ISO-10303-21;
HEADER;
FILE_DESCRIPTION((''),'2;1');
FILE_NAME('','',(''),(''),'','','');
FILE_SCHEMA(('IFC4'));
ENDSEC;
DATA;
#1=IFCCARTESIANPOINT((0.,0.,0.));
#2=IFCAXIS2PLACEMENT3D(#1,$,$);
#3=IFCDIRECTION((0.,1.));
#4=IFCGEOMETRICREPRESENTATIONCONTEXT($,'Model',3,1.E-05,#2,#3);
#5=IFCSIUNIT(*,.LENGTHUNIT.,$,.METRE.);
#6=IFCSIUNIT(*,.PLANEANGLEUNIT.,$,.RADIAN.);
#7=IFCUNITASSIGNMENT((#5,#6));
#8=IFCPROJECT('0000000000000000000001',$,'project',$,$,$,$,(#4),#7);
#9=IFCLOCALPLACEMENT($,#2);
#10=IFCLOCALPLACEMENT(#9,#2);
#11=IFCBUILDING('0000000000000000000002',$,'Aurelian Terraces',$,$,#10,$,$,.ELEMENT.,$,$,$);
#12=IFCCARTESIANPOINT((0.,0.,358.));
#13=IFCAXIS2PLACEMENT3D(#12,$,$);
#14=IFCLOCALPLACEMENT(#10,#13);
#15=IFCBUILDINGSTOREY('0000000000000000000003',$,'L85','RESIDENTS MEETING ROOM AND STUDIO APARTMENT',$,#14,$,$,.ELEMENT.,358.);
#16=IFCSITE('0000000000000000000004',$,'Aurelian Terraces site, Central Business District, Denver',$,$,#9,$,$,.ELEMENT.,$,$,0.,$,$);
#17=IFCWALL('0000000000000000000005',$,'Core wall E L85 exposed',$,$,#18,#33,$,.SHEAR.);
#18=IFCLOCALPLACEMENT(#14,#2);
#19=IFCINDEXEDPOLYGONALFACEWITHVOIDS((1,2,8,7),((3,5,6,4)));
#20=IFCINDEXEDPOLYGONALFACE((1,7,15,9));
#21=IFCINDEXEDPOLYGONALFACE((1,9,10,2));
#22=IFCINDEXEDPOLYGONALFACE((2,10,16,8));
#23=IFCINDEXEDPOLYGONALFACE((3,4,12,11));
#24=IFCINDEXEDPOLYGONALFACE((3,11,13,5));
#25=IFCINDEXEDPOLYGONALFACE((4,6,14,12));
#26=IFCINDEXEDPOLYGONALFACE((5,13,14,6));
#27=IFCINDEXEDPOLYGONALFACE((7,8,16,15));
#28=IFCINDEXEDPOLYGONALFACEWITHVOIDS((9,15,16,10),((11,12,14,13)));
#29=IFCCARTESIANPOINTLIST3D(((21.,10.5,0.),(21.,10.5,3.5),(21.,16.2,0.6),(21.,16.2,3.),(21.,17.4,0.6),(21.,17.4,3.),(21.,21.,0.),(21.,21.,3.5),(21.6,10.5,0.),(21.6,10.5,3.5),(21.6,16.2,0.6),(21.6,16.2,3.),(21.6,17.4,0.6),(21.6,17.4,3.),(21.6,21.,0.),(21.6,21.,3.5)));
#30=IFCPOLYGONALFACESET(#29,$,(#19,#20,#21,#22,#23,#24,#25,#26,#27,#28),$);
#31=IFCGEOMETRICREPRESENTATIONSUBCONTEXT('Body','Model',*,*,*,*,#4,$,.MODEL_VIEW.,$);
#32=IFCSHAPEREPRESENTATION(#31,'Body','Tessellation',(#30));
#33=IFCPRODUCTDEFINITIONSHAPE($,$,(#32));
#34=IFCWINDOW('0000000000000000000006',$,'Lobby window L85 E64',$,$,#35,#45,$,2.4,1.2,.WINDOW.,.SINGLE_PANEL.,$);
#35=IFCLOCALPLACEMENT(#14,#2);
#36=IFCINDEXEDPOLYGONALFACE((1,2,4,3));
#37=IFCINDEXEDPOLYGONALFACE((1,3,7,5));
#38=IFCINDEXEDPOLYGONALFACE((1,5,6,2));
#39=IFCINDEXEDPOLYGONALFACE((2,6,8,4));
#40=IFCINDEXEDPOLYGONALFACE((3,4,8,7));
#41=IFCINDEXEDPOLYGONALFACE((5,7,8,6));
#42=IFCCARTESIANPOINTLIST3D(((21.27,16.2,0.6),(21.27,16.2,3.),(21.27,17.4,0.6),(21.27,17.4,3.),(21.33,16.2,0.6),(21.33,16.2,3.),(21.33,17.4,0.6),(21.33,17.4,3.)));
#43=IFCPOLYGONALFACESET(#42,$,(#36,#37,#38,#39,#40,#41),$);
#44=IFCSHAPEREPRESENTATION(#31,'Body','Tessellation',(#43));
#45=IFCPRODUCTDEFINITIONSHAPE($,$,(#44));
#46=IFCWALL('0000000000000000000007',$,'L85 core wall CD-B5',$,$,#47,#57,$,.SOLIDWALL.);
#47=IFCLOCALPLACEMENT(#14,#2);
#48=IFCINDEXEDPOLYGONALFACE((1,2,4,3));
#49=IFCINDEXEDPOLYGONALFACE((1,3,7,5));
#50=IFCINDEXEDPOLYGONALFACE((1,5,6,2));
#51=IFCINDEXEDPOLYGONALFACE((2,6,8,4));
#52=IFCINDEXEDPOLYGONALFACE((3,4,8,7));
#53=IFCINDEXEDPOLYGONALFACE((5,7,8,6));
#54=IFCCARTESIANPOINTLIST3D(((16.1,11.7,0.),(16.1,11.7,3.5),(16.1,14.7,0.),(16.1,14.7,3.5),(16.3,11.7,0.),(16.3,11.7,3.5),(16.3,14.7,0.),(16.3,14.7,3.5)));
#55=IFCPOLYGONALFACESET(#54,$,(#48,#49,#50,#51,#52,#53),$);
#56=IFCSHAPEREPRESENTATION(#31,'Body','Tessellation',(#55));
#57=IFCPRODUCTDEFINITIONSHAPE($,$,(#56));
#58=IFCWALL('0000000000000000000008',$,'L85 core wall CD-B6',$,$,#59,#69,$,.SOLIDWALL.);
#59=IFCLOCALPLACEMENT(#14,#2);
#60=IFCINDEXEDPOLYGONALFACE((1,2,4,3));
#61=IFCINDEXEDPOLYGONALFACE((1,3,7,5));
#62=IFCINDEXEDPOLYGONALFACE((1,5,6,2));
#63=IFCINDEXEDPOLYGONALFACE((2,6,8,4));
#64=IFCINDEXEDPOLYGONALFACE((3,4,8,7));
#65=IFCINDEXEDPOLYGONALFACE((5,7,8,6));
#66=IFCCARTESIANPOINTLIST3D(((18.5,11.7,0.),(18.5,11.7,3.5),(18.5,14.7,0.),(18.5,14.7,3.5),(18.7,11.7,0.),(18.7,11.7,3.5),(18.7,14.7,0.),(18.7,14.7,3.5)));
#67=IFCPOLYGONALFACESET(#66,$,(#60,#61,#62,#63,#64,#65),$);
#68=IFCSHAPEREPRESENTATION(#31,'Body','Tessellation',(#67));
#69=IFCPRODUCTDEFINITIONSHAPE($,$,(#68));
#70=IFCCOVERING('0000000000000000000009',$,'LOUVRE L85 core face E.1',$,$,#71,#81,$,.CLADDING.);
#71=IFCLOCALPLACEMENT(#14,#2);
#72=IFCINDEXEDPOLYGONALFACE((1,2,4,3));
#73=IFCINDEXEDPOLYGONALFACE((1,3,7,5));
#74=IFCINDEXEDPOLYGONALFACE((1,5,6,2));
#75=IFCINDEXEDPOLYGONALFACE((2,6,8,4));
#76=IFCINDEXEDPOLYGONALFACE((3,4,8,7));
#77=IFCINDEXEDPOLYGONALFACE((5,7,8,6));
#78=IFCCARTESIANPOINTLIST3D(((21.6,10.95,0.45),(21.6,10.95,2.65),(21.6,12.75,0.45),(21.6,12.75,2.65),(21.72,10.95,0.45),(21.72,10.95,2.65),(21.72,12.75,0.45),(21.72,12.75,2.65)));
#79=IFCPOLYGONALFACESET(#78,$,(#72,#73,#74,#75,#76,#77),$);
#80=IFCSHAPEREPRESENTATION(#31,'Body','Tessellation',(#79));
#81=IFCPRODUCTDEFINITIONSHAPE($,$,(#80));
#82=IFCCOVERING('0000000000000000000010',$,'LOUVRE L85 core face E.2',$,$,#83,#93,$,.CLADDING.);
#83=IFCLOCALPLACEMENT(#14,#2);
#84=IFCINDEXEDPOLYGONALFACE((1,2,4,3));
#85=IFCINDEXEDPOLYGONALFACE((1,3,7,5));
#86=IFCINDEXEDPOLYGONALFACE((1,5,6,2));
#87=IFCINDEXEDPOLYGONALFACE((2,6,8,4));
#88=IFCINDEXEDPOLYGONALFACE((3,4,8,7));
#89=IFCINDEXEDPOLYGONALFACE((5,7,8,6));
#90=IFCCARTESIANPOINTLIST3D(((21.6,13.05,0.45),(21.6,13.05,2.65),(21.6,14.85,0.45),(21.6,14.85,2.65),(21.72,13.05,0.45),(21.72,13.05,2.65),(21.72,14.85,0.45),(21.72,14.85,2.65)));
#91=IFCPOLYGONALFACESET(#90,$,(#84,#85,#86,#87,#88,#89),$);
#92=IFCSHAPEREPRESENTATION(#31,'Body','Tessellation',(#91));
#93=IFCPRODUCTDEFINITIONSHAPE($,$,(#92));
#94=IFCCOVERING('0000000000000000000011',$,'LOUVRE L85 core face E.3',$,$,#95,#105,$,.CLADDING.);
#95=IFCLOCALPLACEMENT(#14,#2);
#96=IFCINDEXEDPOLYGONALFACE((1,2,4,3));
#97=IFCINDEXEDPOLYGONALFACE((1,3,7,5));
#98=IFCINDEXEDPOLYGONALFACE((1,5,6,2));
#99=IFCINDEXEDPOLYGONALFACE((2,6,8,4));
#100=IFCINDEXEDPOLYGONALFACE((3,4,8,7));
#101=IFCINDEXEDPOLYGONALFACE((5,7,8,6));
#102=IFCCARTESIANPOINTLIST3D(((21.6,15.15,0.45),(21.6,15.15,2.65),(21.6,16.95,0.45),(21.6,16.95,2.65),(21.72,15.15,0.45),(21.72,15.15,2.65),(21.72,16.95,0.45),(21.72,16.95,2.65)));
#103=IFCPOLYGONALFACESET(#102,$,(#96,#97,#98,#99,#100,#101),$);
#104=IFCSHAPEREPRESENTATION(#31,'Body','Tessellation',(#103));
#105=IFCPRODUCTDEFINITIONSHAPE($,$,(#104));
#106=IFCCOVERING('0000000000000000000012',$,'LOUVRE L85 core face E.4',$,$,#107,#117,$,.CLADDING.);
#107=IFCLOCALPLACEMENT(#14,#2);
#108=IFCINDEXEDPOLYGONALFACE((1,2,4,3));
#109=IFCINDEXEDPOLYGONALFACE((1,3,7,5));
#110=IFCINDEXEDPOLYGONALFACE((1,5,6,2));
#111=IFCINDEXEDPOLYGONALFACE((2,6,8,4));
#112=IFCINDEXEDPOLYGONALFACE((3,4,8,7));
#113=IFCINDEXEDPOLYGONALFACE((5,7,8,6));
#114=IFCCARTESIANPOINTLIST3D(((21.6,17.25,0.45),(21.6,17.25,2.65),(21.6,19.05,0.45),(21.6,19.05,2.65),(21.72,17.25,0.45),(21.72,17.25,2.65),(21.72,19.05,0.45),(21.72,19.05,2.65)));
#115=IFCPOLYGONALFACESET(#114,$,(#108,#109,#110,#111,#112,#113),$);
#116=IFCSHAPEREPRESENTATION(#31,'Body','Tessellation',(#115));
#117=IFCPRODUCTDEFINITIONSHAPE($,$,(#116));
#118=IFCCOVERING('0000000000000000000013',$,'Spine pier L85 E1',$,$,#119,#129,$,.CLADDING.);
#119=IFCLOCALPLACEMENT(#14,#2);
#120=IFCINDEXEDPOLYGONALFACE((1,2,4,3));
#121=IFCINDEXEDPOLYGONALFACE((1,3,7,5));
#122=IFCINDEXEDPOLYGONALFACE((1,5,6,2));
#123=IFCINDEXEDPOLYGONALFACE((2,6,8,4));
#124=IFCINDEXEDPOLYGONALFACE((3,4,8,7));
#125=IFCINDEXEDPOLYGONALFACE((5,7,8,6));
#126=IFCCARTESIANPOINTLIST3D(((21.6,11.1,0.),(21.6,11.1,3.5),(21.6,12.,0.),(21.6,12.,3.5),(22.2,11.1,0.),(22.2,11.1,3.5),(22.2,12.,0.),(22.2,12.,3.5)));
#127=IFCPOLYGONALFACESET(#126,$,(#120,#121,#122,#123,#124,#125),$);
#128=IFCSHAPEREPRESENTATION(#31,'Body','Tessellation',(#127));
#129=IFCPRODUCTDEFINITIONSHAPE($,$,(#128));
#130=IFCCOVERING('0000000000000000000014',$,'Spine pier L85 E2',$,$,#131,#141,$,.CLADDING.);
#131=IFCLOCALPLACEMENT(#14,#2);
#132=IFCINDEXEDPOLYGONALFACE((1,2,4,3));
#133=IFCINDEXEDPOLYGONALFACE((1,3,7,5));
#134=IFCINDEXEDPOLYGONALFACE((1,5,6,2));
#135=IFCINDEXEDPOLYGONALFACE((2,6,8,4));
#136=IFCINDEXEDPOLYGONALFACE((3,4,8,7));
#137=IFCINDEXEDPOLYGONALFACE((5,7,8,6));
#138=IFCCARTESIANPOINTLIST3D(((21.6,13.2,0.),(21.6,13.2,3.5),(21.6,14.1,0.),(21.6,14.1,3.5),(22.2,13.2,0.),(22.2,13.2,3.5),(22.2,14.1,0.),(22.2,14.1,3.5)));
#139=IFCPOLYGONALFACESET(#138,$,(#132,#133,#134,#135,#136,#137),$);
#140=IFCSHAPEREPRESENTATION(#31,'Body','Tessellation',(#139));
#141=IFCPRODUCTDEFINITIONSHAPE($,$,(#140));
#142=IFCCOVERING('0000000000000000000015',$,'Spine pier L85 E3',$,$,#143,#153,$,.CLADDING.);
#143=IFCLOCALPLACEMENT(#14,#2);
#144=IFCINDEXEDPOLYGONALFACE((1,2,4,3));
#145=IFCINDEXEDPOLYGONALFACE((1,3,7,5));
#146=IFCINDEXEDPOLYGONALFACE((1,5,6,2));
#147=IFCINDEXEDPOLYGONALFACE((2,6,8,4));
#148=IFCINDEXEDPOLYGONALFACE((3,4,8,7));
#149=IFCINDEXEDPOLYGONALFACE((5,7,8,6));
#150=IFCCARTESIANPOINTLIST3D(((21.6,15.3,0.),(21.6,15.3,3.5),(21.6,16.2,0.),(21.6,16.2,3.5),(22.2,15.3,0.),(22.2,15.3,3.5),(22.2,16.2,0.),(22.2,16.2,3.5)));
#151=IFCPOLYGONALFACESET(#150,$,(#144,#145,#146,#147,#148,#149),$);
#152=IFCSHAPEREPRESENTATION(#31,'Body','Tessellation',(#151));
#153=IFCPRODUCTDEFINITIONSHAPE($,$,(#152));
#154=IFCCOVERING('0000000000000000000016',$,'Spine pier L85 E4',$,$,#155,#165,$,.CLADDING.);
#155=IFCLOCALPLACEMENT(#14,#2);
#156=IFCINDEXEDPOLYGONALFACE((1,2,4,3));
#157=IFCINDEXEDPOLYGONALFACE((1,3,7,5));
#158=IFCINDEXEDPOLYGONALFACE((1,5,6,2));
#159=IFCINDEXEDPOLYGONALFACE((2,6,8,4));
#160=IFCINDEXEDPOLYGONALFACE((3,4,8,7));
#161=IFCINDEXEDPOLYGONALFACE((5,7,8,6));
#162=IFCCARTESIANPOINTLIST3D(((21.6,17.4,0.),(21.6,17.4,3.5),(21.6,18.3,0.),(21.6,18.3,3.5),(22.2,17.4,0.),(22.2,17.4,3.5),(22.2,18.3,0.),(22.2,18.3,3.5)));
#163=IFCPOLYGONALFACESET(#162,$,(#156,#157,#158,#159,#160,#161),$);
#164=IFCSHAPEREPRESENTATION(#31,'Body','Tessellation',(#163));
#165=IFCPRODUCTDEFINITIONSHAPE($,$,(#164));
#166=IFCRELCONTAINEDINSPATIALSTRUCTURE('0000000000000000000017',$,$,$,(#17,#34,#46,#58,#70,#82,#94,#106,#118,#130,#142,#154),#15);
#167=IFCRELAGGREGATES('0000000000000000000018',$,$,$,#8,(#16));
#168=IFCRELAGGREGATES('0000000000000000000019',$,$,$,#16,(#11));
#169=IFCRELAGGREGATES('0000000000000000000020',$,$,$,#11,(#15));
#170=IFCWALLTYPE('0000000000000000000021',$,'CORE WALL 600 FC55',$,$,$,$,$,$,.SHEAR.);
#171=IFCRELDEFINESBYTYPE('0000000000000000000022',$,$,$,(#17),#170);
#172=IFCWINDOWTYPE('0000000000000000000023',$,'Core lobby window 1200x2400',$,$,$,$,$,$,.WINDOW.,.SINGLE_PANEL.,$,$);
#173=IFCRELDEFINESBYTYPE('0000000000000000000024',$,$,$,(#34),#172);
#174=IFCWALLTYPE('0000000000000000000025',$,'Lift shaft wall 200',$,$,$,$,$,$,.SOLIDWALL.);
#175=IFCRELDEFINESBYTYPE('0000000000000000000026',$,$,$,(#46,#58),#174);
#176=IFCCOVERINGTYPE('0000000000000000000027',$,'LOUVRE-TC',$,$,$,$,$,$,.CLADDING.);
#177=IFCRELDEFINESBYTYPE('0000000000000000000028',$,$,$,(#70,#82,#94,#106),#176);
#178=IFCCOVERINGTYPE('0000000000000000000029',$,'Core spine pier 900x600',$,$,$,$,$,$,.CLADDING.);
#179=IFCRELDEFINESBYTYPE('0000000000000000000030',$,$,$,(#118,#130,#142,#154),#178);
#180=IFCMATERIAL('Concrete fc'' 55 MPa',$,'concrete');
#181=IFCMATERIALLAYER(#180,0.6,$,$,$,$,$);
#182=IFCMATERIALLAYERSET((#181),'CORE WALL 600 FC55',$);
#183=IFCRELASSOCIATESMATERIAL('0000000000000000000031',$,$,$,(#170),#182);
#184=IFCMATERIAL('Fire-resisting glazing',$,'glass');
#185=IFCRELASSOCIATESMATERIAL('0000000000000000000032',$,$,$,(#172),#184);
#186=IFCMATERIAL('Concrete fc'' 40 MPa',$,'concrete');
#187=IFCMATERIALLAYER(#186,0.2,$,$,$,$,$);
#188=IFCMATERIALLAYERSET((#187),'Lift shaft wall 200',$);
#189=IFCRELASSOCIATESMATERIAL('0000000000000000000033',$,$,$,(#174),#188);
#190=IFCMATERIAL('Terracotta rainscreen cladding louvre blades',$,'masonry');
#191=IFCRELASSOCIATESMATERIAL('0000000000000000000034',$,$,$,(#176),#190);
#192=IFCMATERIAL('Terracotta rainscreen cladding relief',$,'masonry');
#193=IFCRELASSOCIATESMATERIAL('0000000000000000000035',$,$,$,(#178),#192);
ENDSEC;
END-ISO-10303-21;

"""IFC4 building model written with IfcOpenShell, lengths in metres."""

from ifc_helpers import new_model, si_unit, direction, frame, frame_2d, origin, origin_2d, place, context, subcontext, project, spatial, rectangle, extrude, source, transform, mapped, material, layer, layer_set, type_object, element, fill, save


model = new_model("IFC4")

# Units and contexts
model_context = context("Model", 3, precision=1e-05, world=origin(), true_north=direction((0.0, 1.0)))
body_context = subcontext(model_context, "Body", "Model", "MODEL_VIEW")
ifc_project = project(units=[si_unit("LENGTHUNIT", "METRE"), si_unit("PLANEANGLEUNIT", "RADIAN")], contexts=[model_context])

# Site, building, storey
site_placement = place(None, origin())
site = spatial("IfcSite", under=ifc_project, at=site_placement, Name="Aurelian Terraces site, Central Business District, Denver", CompositionType="ELEMENT", RefElevation=0.0)
building_placement = place(site_placement, origin())
building = spatial("IfcBuilding", under=site, at=building_placement, Name="Aurelian Terraces", CompositionType="ELEMENT")
storey_placement = place(building_placement, frame((0.0, 0.0, 358.0)))
storey = spatial("IfcBuildingStorey", under=building, at=storey_placement, Name="L85", Description="RESIDENTS MEETING ROOM AND STUDIO APARTMENT", CompositionType="ELEMENT", Elevation=358.0)

# Wall, opening, window
ifc_material_1 = material(Name="Concrete fc' 55 MPa", Category="concrete")
ifc_layer_1 = layer(ifc_material_1, 0.6)
ifc_layer_set_1 = layer_set([ifc_layer_1], Name="CORE WALL 600 FC55")
wall_type_1 = type_object("IfcWallType", Name="CORE WALL 600 FC55", PredefinedType="SHEAR", material=ifc_layer_set_1)
shared_shape_1 = source(origin(), body_context, "Body", "SweptSolid", [
    extrude(rectangle(XDim=10.5, YDim=0.6, at=frame_2d((5.25, 0.0))), origin(), (0.0, 0.0, 1.0), 3.5),
])
wall_placement = place(storey_placement, frame((21.3, 10.5, 0.0), z_axis=(0.0, 0.0, 1.0), x_axis=(0.0, 1.0, 0.0)))
wall = element("IfcWall", 1, at=wall_placement, inside=storey, type_object=wall_type_1, Name="Core wall E L85 exposed", PredefinedType="SHEAR", context=body_context, shape_type="MappedRepresentation", body=[
    mapped(shared_shape_1, transform((0.0, 0.0, 0.0), scale=1.0)),
])
shared_shape_2 = source(origin(), body_context, "Body", "SweptSolid", [
    extrude(rectangle(XDim=1.2, YDim=2.4, at=frame_2d((0.6, 1.2))), frame((0.0, 0.31, 0.0), z_axis=(0.0, -1.0, 0.0), x_axis=(1.0, 0.0, 0.0)), (0.0, 0.0, 1.0), 0.62),
])
opening_placement = place(wall_placement, frame((5.7, 0.0, 0.6)))
opening = element("IfcOpeningElement", 2, at=opening_placement, cuts=wall, PredefinedType="OPENING", context=body_context, shape_type="MappedRepresentation", body=[
    mapped(shared_shape_2, transform((0.0, 0.0, 0.0), scale=1.0)),
])
ifc_material_2 = material(Name="Fire-resisting glazing", Category="glass")
window_type = type_object("IfcWindowType", Name="Core lobby window 1200x2400", PartitioningType="SINGLE_PANEL", PredefinedType="WINDOW", material=ifc_material_2)
shared_shape_3 = source(origin(), body_context, "Body", "SweptSolid", [
    extrude(rectangle(XDim=1.2, YDim=2.4, at=frame_2d((0.6, 1.2))), frame((0.0, 0.03, 0.0), z_axis=(0.0, -1.0, 0.0), x_axis=(1.0, 0.0, 0.0)), (0.0, 0.0, 1.0), 0.06),
])
window_placement = place(opening_placement, origin())
window = element("IfcWindow", 3, at=window_placement, inside=storey, type_object=window_type, Name="Lobby window L85 E64", OverallHeight=2.4, OverallWidth=1.2, PartitioningType="SINGLE_PANEL", PredefinedType="WINDOW", context=body_context, shape_type="MappedRepresentation", body=[
    mapped(shared_shape_3, transform((0.0, 0.0, 0.0), scale=1.0)),
])
fill(opening, window)

# Walls
ifc_material_3 = material(Name="Concrete fc' 40 MPa", Category="concrete")
ifc_layer_2 = layer(ifc_material_3, 0.2)
ifc_layer_set_2 = layer_set([ifc_layer_2], Name="Lift shaft wall 200")
wall_type_2 = type_object("IfcWallType", Name="Lift shaft wall 200", PredefinedType="SOLIDWALL", material=ifc_layer_set_2)
shared_shape_4 = source(origin(), body_context, "Body", "SweptSolid", [
    extrude(rectangle(XDim=3.0, YDim=0.2, at=frame_2d((1.5, 0.0))), origin(), (0.0, 0.0, 1.0), 3.5),
])
for number, where, z_axis, x_axis, name in (
    (4, (16.2, 11.7, 0.0), (0.0, 0.0, 1.0), (0.0, 1.0, 0.0), "L85 core wall CD-B5"),
    (5, (18.6, 11.7, 0.0), (0.0, 0.0, 1.0), (0.0, 1.0, 0.0), "L85 core wall CD-B6"),
):
    element("IfcWall", number, at=place(storey_placement, frame(where, z_axis=z_axis, x_axis=x_axis)), inside=storey, type_object=wall_type_2, Name=name, PredefinedType="SOLIDWALL", context=body_context, shape_type="MappedRepresentation", body=[
        mapped(shared_shape_4, transform((0.0, 0.0, 0.0), scale=1.0)),
    ])

# Coverings
ifc_material_4 = material(Name="Terracotta rainscreen cladding louvre blades", Category="masonry")
covering_type_1 = type_object("IfcCoveringType", Name="LOUVRE-TC", PredefinedType="CLADDING", material=ifc_material_4)
shared_shape_5 = source(origin(), body_context, "Body", "SweptSolid", [
    extrude(rectangle(XDim=0.12, YDim=1.8, at=origin_2d()), origin(), (0.0, 0.0, 1.0), 2.2),
])
for number, where, z_axis, x_axis, name in (
    (6, (21.66, 11.85, 0.45), (0.0, 0.0, 1.0), (1.0, 0.0, 0.0), "LOUVRE L85 core face E.1"),
    (7, (21.66, 13.95, 0.45), (0.0, 0.0, 1.0), (1.0, 0.0, 0.0), "LOUVRE L85 core face E.2"),
    (8, (21.66, 16.05, 0.45), (0.0, 0.0, 1.0), (1.0, 0.0, 0.0), "LOUVRE L85 core face E.3"),
    (9, (21.66, 18.15, 0.45), (0.0, 0.0, 1.0), (1.0, 0.0, 0.0), "LOUVRE L85 core face E.4"),
):
    element("IfcCovering", number, at=place(storey_placement, frame(where, z_axis=z_axis, x_axis=x_axis)), inside=storey, type_object=covering_type_1, Name=name, PredefinedType="CLADDING", context=body_context, shape_type="MappedRepresentation", body=[
        mapped(shared_shape_5, transform((0.0, 0.0, 0.0), scale=1.0)),
    ])
ifc_material_5 = material(Name="Terracotta rainscreen cladding relief", Category="masonry")
covering_type_2 = type_object("IfcCoveringType", Name="Core spine pier 900x600", PredefinedType="CLADDING", material=ifc_material_5)
shared_shape_6 = source(origin(), body_context, "Body", "SweptSolid", [
    extrude(rectangle(XDim=0.6, YDim=0.9, at=origin_2d()), origin(), (0.0, 0.0, 1.0), 3.5),
])
for number, where, z_axis, x_axis, name in (
    (10, (21.9, 11.55, 0.0), (0.0, 0.0, 1.0), (1.0, 0.0, 0.0), "Spine pier L85 E1"),
    (11, (21.9, 13.65, 0.0), (0.0, 0.0, 1.0), (1.0, 0.0, 0.0), "Spine pier L85 E2"),
    (12, (21.9, 15.75, 0.0), (0.0, 0.0, 1.0), (1.0, 0.0, 0.0), "Spine pier L85 E3"),
    (13, (21.9, 17.85, 0.0), (0.0, 0.0, 1.0), (1.0, 0.0, 0.0), "Spine pier L85 E4"),
):
    element("IfcCovering", number, at=place(storey_placement, frame(where, z_axis=z_axis, x_axis=x_axis)), inside=storey, type_object=covering_type_2, Name=name, PredefinedType="CLADDING", context=body_context, shape_type="MappedRepresentation", body=[
        mapped(shared_shape_6, transform((0.0, 0.0, 0.0), scale=1.0)),
    ])

save(model, "model.ifc")
